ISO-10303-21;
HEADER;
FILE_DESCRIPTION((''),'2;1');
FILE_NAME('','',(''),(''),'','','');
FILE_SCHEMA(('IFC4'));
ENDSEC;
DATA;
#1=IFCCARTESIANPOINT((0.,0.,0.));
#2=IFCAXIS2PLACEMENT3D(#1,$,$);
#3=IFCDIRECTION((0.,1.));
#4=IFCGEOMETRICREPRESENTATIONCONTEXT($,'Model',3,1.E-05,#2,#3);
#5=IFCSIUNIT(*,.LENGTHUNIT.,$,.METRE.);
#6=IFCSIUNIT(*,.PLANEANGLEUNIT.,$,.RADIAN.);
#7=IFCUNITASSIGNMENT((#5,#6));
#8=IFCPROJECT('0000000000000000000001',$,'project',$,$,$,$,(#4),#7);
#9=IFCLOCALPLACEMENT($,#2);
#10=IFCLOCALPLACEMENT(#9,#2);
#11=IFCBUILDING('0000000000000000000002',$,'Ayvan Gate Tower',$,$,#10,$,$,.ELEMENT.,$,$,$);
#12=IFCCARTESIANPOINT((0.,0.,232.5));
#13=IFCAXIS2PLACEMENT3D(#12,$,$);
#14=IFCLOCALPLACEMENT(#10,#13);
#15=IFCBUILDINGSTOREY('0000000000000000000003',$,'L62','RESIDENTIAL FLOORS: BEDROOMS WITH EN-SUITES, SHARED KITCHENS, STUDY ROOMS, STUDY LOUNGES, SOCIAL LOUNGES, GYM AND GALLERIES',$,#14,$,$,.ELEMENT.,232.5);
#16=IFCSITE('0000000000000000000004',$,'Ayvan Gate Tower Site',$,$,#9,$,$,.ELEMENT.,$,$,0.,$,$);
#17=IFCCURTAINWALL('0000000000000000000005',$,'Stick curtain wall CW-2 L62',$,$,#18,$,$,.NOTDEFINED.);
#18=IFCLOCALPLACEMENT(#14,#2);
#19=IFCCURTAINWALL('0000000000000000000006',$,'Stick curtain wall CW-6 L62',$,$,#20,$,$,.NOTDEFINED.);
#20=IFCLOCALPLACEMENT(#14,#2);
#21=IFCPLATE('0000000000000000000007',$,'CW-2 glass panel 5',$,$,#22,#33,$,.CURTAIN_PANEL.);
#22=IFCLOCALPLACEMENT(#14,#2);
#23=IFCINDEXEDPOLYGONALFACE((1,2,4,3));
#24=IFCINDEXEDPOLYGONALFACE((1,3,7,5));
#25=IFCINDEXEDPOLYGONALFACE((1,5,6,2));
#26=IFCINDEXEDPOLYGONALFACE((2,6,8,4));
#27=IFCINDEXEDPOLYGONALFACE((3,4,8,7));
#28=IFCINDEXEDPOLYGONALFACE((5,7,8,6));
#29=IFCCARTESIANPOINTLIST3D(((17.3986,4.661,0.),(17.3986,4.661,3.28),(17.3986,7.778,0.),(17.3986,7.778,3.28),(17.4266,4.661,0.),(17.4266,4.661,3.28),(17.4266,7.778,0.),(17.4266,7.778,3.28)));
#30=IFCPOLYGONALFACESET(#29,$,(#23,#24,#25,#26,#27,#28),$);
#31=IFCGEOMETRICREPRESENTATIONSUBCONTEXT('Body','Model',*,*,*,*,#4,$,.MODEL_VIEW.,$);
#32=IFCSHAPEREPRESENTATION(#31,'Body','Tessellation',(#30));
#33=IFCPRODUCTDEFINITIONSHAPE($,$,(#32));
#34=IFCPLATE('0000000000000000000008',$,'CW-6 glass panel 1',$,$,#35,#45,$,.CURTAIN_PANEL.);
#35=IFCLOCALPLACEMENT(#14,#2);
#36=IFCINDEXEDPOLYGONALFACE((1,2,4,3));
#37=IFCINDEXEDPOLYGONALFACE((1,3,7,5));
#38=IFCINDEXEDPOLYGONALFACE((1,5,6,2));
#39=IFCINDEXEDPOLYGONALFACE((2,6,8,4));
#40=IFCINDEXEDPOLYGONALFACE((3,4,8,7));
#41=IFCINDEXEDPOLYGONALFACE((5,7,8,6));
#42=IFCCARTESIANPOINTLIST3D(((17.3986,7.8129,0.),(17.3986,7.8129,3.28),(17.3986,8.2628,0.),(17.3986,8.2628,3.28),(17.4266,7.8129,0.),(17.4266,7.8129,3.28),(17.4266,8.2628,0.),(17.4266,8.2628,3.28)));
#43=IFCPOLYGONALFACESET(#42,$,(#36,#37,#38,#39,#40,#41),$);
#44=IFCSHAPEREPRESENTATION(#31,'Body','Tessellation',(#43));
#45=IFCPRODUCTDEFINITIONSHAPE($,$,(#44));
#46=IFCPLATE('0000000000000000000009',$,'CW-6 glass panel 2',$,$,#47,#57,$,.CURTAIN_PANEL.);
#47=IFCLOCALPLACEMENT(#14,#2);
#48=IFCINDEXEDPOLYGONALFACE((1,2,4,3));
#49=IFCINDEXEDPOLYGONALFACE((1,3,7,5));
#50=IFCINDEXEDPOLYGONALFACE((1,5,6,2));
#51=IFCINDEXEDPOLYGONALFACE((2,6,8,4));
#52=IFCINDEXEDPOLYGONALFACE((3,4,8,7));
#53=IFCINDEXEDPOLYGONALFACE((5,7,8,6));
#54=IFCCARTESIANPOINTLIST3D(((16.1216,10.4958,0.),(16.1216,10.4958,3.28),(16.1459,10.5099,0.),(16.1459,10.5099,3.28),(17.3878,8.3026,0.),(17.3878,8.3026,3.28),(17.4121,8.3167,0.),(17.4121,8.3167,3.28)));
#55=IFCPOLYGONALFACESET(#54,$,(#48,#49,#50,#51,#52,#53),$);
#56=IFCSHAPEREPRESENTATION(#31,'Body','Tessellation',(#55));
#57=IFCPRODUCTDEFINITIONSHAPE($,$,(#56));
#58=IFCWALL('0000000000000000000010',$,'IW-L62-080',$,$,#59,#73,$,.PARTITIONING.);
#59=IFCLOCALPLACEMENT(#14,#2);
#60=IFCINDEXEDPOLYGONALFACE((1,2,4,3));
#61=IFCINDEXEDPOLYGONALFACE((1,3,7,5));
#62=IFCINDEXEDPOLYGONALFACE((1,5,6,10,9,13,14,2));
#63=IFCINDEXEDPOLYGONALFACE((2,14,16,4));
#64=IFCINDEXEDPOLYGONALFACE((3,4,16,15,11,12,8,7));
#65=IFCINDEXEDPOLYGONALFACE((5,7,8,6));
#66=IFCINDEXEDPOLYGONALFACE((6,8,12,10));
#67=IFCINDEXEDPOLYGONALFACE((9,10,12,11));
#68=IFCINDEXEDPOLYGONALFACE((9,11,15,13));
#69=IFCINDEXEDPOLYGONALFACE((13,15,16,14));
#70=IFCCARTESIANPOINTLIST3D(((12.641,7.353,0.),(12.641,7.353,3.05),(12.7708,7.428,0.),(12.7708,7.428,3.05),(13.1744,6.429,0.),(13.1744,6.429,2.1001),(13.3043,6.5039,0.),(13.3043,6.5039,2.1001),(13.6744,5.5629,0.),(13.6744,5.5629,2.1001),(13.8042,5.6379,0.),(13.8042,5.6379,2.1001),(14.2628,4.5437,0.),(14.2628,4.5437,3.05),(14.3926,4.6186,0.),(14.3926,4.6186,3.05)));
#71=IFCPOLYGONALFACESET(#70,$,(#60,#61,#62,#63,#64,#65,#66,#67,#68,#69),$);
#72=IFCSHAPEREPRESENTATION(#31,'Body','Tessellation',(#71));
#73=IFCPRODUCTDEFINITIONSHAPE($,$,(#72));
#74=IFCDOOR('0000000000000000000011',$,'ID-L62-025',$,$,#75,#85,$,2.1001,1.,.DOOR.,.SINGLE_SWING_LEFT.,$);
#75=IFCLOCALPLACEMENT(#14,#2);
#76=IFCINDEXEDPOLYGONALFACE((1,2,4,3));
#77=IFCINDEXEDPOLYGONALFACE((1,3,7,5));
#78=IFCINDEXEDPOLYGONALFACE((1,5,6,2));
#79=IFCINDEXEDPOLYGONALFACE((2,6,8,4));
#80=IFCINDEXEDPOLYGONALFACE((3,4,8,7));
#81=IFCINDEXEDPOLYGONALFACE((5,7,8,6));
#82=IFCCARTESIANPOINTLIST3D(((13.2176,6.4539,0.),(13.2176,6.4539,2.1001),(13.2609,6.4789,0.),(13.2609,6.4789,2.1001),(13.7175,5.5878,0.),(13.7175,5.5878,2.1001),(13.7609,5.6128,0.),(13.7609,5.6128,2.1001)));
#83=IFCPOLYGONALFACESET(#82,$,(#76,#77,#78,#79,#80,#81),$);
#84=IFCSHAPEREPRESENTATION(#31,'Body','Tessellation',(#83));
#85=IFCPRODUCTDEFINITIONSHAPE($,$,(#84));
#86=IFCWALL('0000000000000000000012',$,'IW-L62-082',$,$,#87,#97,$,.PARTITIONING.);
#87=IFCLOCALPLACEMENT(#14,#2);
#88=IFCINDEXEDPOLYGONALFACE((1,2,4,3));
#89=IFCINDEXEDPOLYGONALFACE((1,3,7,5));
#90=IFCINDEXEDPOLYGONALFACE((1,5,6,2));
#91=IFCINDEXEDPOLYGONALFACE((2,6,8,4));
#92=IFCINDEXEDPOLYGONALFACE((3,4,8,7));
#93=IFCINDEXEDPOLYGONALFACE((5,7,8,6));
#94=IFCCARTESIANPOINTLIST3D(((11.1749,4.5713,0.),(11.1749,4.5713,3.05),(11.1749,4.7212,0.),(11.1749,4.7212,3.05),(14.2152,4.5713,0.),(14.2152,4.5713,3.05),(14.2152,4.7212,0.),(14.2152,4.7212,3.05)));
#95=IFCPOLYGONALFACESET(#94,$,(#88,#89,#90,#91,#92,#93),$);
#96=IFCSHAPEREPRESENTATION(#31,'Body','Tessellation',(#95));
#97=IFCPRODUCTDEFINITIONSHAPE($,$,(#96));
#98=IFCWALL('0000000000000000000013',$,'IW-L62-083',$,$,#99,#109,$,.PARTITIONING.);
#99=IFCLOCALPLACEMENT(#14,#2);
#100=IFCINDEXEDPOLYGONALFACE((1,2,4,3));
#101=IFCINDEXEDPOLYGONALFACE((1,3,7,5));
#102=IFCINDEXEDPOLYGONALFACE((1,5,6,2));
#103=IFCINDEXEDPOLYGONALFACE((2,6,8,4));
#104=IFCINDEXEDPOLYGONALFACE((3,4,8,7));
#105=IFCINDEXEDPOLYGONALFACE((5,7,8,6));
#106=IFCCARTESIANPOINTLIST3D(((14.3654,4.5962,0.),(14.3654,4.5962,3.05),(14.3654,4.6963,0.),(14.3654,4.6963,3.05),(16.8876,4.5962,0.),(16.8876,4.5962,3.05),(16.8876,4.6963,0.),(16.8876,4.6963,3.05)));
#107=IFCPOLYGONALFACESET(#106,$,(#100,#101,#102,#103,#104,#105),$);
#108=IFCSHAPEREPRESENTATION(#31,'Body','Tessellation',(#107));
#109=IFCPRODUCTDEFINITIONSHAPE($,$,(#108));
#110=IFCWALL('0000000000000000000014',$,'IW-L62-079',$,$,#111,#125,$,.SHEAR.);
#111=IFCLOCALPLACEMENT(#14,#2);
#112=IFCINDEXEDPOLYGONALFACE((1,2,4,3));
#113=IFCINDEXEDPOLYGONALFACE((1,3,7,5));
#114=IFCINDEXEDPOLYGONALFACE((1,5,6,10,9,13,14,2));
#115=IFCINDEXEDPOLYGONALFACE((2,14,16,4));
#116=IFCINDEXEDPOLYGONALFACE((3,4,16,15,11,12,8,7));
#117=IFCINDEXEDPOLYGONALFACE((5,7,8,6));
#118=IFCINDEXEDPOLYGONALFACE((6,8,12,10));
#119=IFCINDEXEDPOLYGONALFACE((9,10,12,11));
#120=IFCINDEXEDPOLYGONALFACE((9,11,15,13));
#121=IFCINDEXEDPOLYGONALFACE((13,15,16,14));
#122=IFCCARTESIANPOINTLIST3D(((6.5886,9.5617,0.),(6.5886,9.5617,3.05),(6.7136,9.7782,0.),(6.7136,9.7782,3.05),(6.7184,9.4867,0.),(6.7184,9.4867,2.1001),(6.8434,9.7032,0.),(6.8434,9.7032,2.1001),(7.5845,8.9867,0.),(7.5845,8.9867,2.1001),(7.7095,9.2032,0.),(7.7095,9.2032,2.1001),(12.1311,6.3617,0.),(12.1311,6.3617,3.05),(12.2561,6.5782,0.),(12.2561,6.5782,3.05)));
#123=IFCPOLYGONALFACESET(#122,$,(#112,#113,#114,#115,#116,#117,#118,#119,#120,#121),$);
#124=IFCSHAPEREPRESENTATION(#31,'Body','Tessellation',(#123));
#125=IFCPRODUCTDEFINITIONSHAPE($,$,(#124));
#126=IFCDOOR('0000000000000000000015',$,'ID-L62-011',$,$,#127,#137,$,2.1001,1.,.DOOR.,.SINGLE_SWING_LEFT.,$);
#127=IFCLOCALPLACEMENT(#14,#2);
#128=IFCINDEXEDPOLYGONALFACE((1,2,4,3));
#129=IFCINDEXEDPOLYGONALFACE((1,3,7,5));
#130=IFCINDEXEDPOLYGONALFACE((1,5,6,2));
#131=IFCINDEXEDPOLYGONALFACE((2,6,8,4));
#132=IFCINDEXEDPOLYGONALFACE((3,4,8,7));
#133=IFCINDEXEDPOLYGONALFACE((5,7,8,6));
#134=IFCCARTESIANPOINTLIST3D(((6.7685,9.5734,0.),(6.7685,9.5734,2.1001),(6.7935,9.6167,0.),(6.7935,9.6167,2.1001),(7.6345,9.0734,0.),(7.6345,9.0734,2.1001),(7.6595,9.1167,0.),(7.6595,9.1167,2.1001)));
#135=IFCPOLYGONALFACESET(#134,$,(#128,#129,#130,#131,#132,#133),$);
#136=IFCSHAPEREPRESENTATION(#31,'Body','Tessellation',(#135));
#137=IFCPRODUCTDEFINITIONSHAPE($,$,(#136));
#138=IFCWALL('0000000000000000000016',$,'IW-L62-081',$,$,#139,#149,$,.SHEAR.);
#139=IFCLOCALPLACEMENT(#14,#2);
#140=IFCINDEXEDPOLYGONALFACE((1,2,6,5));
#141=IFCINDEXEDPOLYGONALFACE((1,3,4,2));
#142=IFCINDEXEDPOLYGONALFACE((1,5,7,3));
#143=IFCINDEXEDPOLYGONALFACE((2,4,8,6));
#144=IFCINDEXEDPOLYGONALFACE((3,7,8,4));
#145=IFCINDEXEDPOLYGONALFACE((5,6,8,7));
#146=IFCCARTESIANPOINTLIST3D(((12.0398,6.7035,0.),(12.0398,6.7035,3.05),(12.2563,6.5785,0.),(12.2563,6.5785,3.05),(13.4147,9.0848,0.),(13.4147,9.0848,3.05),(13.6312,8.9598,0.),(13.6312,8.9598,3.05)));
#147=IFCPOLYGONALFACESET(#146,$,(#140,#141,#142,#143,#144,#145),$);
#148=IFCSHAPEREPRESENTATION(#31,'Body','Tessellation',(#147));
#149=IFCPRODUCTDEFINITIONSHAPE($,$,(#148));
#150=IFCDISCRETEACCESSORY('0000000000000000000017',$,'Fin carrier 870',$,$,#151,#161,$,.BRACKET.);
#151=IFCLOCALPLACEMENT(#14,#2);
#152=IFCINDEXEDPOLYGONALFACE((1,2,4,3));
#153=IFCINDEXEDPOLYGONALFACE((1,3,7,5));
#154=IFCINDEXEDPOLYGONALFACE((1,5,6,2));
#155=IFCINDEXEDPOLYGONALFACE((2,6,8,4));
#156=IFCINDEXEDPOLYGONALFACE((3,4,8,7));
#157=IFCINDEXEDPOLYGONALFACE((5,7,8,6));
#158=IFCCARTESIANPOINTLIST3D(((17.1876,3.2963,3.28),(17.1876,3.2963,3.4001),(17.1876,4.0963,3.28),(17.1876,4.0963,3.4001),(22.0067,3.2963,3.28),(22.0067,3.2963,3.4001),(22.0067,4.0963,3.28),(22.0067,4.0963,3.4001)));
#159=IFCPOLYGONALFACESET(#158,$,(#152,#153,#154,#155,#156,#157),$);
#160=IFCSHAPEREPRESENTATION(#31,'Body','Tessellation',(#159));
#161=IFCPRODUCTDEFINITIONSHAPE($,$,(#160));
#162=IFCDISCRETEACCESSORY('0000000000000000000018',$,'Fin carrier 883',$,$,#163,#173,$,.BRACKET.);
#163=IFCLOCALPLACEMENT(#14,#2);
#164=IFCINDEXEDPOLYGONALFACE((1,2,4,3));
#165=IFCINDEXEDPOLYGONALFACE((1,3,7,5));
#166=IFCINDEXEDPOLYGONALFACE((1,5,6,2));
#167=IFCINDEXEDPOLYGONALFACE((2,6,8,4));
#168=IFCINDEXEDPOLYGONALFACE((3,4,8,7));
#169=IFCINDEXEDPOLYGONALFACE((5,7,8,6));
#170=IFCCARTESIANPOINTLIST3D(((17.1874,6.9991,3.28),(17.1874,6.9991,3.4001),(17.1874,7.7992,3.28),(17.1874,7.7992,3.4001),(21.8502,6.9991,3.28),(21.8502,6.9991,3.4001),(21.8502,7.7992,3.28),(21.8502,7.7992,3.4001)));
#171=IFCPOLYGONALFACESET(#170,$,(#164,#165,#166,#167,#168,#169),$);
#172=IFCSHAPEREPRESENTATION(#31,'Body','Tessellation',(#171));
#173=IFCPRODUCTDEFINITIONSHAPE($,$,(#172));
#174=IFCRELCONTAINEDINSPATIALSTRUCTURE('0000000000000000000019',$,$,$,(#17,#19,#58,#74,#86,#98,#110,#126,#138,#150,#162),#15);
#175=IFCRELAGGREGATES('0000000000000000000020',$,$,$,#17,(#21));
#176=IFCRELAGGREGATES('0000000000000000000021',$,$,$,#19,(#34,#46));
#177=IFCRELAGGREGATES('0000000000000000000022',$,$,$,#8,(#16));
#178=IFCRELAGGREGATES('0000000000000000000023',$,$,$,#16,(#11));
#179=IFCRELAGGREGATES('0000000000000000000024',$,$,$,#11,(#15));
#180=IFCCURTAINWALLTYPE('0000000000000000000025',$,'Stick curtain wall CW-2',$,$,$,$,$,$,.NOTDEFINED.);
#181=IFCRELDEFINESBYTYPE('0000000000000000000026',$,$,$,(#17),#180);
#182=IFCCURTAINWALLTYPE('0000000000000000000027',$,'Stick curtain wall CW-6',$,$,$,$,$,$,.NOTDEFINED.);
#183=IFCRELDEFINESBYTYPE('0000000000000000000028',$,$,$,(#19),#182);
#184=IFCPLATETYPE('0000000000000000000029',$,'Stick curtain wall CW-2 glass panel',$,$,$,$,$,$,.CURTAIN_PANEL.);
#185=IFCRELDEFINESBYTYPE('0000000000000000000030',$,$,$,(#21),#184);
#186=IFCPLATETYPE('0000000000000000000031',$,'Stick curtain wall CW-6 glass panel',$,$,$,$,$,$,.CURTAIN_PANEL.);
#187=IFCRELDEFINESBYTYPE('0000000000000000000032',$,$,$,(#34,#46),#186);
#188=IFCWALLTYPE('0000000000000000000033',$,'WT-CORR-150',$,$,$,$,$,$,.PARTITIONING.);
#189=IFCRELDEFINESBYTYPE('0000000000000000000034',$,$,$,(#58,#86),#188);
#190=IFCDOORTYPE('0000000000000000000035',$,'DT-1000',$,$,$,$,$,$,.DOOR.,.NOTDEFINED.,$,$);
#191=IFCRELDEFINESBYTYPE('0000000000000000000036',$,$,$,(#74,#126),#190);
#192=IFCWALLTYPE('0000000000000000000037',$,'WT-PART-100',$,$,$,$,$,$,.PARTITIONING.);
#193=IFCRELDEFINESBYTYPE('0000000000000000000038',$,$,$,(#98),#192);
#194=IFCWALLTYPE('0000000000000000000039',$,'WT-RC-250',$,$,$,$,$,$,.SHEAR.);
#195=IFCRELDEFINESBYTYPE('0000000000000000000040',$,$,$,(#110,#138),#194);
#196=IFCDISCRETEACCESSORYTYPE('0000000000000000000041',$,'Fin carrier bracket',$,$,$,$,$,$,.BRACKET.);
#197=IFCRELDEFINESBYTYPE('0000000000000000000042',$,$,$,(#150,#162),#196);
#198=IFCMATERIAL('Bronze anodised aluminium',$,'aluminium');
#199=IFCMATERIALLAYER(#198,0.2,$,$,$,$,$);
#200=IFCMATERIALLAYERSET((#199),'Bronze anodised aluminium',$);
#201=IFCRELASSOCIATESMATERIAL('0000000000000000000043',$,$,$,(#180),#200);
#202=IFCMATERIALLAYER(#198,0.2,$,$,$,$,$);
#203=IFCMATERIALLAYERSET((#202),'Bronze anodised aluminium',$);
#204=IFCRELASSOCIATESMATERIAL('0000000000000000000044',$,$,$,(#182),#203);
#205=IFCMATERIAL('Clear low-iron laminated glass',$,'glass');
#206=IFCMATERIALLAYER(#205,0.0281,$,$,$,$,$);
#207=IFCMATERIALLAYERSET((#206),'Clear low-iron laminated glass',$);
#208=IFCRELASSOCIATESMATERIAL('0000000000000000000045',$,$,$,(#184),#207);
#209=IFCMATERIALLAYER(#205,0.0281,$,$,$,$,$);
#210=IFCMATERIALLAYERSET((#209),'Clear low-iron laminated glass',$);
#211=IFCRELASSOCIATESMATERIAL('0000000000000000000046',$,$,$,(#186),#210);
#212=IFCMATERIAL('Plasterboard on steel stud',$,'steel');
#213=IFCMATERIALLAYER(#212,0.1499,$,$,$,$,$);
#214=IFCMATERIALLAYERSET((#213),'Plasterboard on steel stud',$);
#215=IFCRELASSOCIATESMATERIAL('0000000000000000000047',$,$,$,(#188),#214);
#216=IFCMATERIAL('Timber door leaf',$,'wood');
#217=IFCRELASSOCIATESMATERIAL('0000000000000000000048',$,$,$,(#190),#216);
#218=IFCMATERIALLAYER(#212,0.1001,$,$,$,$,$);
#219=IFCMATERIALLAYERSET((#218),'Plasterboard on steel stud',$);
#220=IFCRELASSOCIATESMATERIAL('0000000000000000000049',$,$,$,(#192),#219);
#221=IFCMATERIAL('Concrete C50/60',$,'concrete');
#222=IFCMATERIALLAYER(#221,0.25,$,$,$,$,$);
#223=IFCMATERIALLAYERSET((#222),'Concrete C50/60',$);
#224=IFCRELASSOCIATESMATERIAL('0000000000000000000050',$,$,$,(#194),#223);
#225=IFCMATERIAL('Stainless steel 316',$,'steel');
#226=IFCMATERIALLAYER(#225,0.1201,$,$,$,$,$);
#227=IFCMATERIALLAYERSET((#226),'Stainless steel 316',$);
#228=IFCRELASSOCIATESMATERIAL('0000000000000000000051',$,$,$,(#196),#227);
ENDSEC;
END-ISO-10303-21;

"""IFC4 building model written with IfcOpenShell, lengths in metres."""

from ifc_helpers import new_model, si_unit, direction, frame, frame_2d, origin, origin_2d, place, context, subcontext, project, spatial, rectangle, extrude, material, layer, layer_set, type_object, element, fill, aggregate, save


model = new_model("IFC4")

# Units and contexts
model_context = context("Model", 3, precision=1e-05, world=origin(), true_north=direction((0.0, 1.0)))
body_context = subcontext(model_context, "Body", "Model", "MODEL_VIEW")
ifc_project = project(units=[si_unit("LENGTHUNIT", "METRE"), si_unit("PLANEANGLEUNIT", "RADIAN")], contexts=[model_context])

# Site, building, storey
site_placement = place(None, origin())
site = spatial("IfcSite", under=ifc_project, at=site_placement, Name="Ayvan Gate Tower Site", CompositionType="ELEMENT", RefElevation=0.0)
building_placement = place(site_placement, origin())
building = spatial("IfcBuilding", under=site, at=building_placement, Name="Ayvan Gate Tower", CompositionType="ELEMENT")
storey_placement = place(building_placement, frame((0.0, 0.0, 232.5)))
storey = spatial("IfcBuildingStorey", under=building, at=storey_placement, Name="L62", Description="RESIDENTIAL FLOORS: BEDROOMS WITH EN-SUITES, SHARED KITCHENS, STUDY ROOMS, STUDY LOUNGES, SOCIAL LOUNGES, GYM AND GALLERIES", CompositionType="ELEMENT", Elevation=232.5)

# Shared definitions
ifc_material_1 = material(Name="Concrete C50/60", Category="concrete")

# Curtain walls
ifc_material_2 = material(Name="Bronze anodised aluminium", Category="aluminium")
ifc_layer_1 = layer(ifc_material_2, 0.2)
ifc_layer_set_1 = layer_set([ifc_layer_1], Name="Bronze anodised aluminium")
curtain_wall_type_1 = type_object("IfcCurtainWallType", Name="Stick curtain wall CW-2", PredefinedType="NOTDEFINED", material=ifc_layer_set_1)
curtain_wall_1_placement = place(storey_placement, origin())
curtain_wall_1 = element("IfcCurtainWall", 1, at=curtain_wall_1_placement, inside=storey, type_object=curtain_wall_type_1, Name="Stick curtain wall CW-2 L62", PredefinedType="NOTDEFINED")
ifc_layer_2 = layer(ifc_material_2, 0.2)
ifc_layer_set_2 = layer_set([ifc_layer_2], Name="Bronze anodised aluminium")
curtain_wall_type_2 = type_object("IfcCurtainWallType", Name="Stick curtain wall CW-6", PredefinedType="NOTDEFINED", material=ifc_layer_set_2)
curtain_wall_2_placement = place(storey_placement, origin())
curtain_wall_2 = element("IfcCurtainWall", 2, at=curtain_wall_2_placement, inside=storey, type_object=curtain_wall_type_2, Name="Stick curtain wall CW-6 L62", PredefinedType="NOTDEFINED")

# Plates
ifc_material_3 = material(Name="Clear low-iron laminated glass", Category="glass")
ifc_layer_3 = layer(ifc_material_3, 0.0281)
ifc_layer_set_3 = layer_set([ifc_layer_3], Name="Clear low-iron laminated glass")
plate_type_1 = type_object("IfcPlateType", Name="Stick curtain wall CW-2 glass panel", PredefinedType="CURTAIN_PANEL", material=ifc_layer_set_3)
plate_1_placement = place(storey_placement, frame((17.4126, 6.2195, 0.0), z_axis=(0.0, 0.0, 1.0), x_axis=(0.0, 1.0, 0.0)))
plate_1 = element("IfcPlate", 3, at=plate_1_placement, type_object=plate_type_1, Name="CW-2 glass panel 5", PredefinedType="CURTAIN_PANEL", context=body_context, shape_type="SweptSolid", body=[
    extrude(rectangle(XDim=3.1169, YDim=0.0281, at=origin_2d()), origin(), (0.0, 0.0, 1.0), 3.28),
])
aggregate(curtain_wall_1, [plate_1])
ifc_layer_4 = layer(ifc_material_3, 0.0281)
ifc_layer_set_4 = layer_set([ifc_layer_4], Name="Clear low-iron laminated glass")
plate_type_2 = type_object("IfcPlateType", Name="Stick curtain wall CW-6 glass panel", PredefinedType="CURTAIN_PANEL", material=ifc_layer_set_4)
plate_2_placement = place(storey_placement, frame((17.4126, 8.0378, 0.0), z_axis=(0.0, 0.0, 1.0), x_axis=(0.0, 1.0, 0.0)))
plate_2 = element("IfcPlate", 4, at=plate_2_placement, type_object=plate_type_2, Name="CW-6 glass panel 1", PredefinedType="CURTAIN_PANEL", context=body_context, shape_type="SweptSolid", body=[
    extrude(rectangle(XDim=0.45, YDim=0.0281, at=origin_2d()), origin(), (0.0, 0.0, 1.0), 3.28),
])
plate_3_placement = place(storey_placement, frame((16.7668, 9.4062, 0.0), z_axis=(0.0, 0.0, 1.0), x_axis=(-0.5, 0.866025, 0.0)))
plate_3 = element("IfcPlate", 5, at=plate_3_placement, type_object=plate_type_2, Name="CW-6 glass panel 2", PredefinedType="CURTAIN_PANEL", context=body_context, shape_type="SweptSolid", body=[
    extrude(rectangle(XDim=2.5325, YDim=0.0281, at=origin_2d()), origin(), (0.0, 0.0, 1.0), 3.28),
])
aggregate(curtain_wall_2, [plate_2, plate_3])

# Wall, opening, door
ifc_material_4 = material(Name="Plasterboard on steel stud", Category="steel")
ifc_layer_5 = layer(ifc_material_4, 0.1499)
ifc_layer_set_5 = layer_set([ifc_layer_5], Name="Plasterboard on steel stud")
wall_type_1 = type_object("IfcWallType", Name="WT-CORR-150", PredefinedType="PARTITIONING", material=ifc_layer_set_5)
wall_1_placement = place(storey_placement, frame((12.7058, 7.3906, 0.0), z_axis=(0.0, 0.0, 1.0), x_axis=(0.499968, -0.866044, 0.0)))
wall_1 = element("IfcWall", 6, at=wall_1_placement, inside=storey, type_object=wall_type_1, Name="IW-L62-080", PredefinedType="PARTITIONING", context=body_context, shape_type="SweptSolid", body=[
    extrude(rectangle(XDim=3.2439, YDim=0.1499, at=frame_2d((1.6221, 0.0))), origin(), (0.0, 0.0, 1.0), 3.05),
])
opening_1_placement = place(wall_1_placement, frame((1.0671, 0.0, 0.0)))
opening_1 = element("IfcOpeningElement", 7, at=opening_1_placement, cuts=wall_1, PredefinedType="OPENING", context=body_context, shape_type="SweptSolid", body=[
    extrude(rectangle(XDim=1.0, YDim=2.1001, at=frame_2d((0.5, 1.05))), frame((0.0, 0.085, 0.0), z_axis=(0.0, -1.0, 0.0), x_axis=(1.0, 0.0, 0.0)), (0.0, 0.0, 1.0), 0.1699),
])
ifc_material_5 = material(Name="Timber door leaf", Category="wood")
door_type = type_object("IfcDoorType", Name="DT-1000", OperationType="NOTDEFINED", PredefinedType="DOOR", material=ifc_material_5)
door_1_placement = place(opening_1_placement, origin())
door_1 = element("IfcDoor", 8, at=door_1_placement, inside=storey, type_object=door_type, Name="ID-L62-025", OperationType="SINGLE_SWING_LEFT", OverallHeight=2.1001, OverallWidth=1.0, PredefinedType="DOOR", context=body_context, shape_type="SweptSolid", body=[
    extrude(rectangle(XDim=1.0, YDim=2.1001, at=frame_2d((0.5, 1.05))), frame((0.0, 0.0249, 0.0), z_axis=(0.0, -1.0, 0.0), x_axis=(1.0, 0.0, 0.0)), (0.0, 0.0, 1.0), 0.05),
])
fill(opening_1, door_1)

# Walls
wall_2_placement = place(storey_placement, frame((14.2151, 4.6462, 0.0), z_axis=(0.0, 0.0, 1.0), x_axis=(-1.0, 0.0, 0.0)))
element("IfcWall", 9, at=wall_2_placement, inside=storey, type_object=wall_type_1, Name="IW-L62-082", PredefinedType="PARTITIONING", context=body_context, shape_type="SweptSolid", body=[
    extrude(rectangle(XDim=3.0403, YDim=0.1499, at=frame_2d((1.52, 0.0))), origin(), (0.0, 0.0, 1.0), 3.05),
])
ifc_layer_6 = layer(ifc_material_4, 0.1001)
ifc_layer_set_6 = layer_set([ifc_layer_6], Name="Plasterboard on steel stud")
wall_type_2 = type_object("IfcWallType", Name="WT-PART-100", PredefinedType="PARTITIONING", material=ifc_layer_set_6)
wall_3_placement = place(storey_placement, frame((14.3652, 4.6462, 0.0), z_axis=(0.0, 0.0, 1.0), x_axis=(1.0, 0.0, 0.0)))
element("IfcWall", 10, at=wall_3_placement, inside=storey, type_object=wall_type_2, Name="IW-L62-083", PredefinedType="PARTITIONING", context=body_context, shape_type="SweptSolid", body=[
    extrude(rectangle(XDim=2.5222, YDim=0.1001, at=frame_2d((1.2612, 0.0))), origin(), (0.0, 0.0, 1.0), 3.05),
])

# Wall, opening, door
ifc_layer_7 = layer(ifc_material_1, 0.25)
ifc_layer_set_7 = layer_set([ifc_layer_7], Name="Concrete C50/60")
wall_type_3 = type_object("IfcWallType", Name="WT-RC-250", PredefinedType="SHEAR", material=ifc_layer_set_7)
wall_4_placement = place(storey_placement, frame((12.1936, 6.47, 0.0), z_axis=(0.0, 0.0, 1.0), x_axis=(-0.866025, 0.5, 0.0)))
wall_4 = element("IfcWall", 11, at=wall_4_placement, inside=storey, type_object=wall_type_3, Name="IW-L62-079", PredefinedType="SHEAR", context=body_context, shape_type="SweptSolid", body=[
    extrude(rectangle(XDim=6.3999, YDim=0.25, at=frame_2d((3.2, 0.0))), origin(), (0.0, 0.0, 1.0), 3.05),
])
opening_2_placement = place(wall_4_placement, frame((5.25, 0.0, 0.0)))
opening_2 = element("IfcOpeningElement", 12, at=opening_2_placement, cuts=wall_4, PredefinedType="OPENING", context=body_context, shape_type="SweptSolid", body=[
    extrude(rectangle(XDim=1.0, YDim=2.1001, at=frame_2d((0.5, 1.05))), frame((0.0, 0.135, 0.0), z_axis=(0.0, -1.0, 0.0), x_axis=(1.0, 0.0, 0.0)), (0.0, 0.0, 1.0), 0.27),
])
door_2_placement = place(opening_2_placement, origin())
door_2 = element("IfcDoor", 13, at=door_2_placement, inside=storey, type_object=door_type, Name="ID-L62-011", OperationType="SINGLE_SWING_LEFT", OverallHeight=2.1001, OverallWidth=1.0, PredefinedType="DOOR", context=body_context, shape_type="SweptSolid", body=[
    extrude(rectangle(XDim=1.0, YDim=2.1001, at=frame_2d((0.5, 1.05))), frame((0.0, 0.0249, 0.0), z_axis=(0.0, -1.0, 0.0), x_axis=(1.0, 0.0, 0.0)), (0.0, 0.0, 1.0), 0.05),
])
fill(opening_2, door_2)

# Wall
wall_5_placement = place(storey_placement, frame((12.1479, 6.6409, 0.0), z_axis=(0.0, 0.0, 1.0), x_axis=(0.500035, 0.866005, 0.0)))
element("IfcWall", 14, at=wall_5_placement, inside=storey, type_object=wall_type_3, Name="IW-L62-081", PredefinedType="SHEAR", context=body_context, shape_type="SweptSolid", body=[
    extrude(rectangle(XDim=2.7498, YDim=0.25, at=frame_2d((1.375, 0.0))), origin(), (0.0, 0.0, 1.0), 3.05),
])

# Discrete accessories
ifc_material_6 = material(Name="Stainless steel 316", Category="steel")
ifc_layer_8 = layer(ifc_material_6, 0.1201)
ifc_layer_set_8 = layer_set([ifc_layer_8], Name="Stainless steel 316")
discrete_accessory_type = type_object("IfcDiscreteAccessoryType", Name="Fin carrier bracket", PredefinedType="BRACKET", material=ifc_layer_set_8)
discrete_accessory_1_placement = place(storey_placement, frame((19.5972, 3.6963, 3.28), z_axis=(0.0, 0.0, 1.0), x_axis=(0.0, 1.0, 0.0)))
element("IfcDiscreteAccessory", 15, at=discrete_accessory_1_placement, inside=storey, type_object=discrete_accessory_type, Name="Fin carrier 870", PredefinedType="BRACKET", context=body_context, shape_type="SweptSolid", body=[
    extrude(rectangle(XDim=0.8, YDim=4.8191, at=origin_2d()), origin(), (0.0, 0.0, 1.0), 0.1201),
])
discrete_accessory_2_placement = place(storey_placement, frame((19.5188, 7.3992, 3.28), z_axis=(0.0, 0.0, 1.0), x_axis=(0.0, 1.0, 0.0)))
element("IfcDiscreteAccessory", 16, at=discrete_accessory_2_placement, inside=storey, type_object=discrete_accessory_type, Name="Fin carrier 883", PredefinedType="BRACKET", context=body_context, shape_type="SweptSolid", body=[
    extrude(rectangle(XDim=0.8, YDim=4.6628, at=origin_2d()), origin(), (0.0, 0.0, 1.0), 0.1201),
])

save(model, "model.ifc")
